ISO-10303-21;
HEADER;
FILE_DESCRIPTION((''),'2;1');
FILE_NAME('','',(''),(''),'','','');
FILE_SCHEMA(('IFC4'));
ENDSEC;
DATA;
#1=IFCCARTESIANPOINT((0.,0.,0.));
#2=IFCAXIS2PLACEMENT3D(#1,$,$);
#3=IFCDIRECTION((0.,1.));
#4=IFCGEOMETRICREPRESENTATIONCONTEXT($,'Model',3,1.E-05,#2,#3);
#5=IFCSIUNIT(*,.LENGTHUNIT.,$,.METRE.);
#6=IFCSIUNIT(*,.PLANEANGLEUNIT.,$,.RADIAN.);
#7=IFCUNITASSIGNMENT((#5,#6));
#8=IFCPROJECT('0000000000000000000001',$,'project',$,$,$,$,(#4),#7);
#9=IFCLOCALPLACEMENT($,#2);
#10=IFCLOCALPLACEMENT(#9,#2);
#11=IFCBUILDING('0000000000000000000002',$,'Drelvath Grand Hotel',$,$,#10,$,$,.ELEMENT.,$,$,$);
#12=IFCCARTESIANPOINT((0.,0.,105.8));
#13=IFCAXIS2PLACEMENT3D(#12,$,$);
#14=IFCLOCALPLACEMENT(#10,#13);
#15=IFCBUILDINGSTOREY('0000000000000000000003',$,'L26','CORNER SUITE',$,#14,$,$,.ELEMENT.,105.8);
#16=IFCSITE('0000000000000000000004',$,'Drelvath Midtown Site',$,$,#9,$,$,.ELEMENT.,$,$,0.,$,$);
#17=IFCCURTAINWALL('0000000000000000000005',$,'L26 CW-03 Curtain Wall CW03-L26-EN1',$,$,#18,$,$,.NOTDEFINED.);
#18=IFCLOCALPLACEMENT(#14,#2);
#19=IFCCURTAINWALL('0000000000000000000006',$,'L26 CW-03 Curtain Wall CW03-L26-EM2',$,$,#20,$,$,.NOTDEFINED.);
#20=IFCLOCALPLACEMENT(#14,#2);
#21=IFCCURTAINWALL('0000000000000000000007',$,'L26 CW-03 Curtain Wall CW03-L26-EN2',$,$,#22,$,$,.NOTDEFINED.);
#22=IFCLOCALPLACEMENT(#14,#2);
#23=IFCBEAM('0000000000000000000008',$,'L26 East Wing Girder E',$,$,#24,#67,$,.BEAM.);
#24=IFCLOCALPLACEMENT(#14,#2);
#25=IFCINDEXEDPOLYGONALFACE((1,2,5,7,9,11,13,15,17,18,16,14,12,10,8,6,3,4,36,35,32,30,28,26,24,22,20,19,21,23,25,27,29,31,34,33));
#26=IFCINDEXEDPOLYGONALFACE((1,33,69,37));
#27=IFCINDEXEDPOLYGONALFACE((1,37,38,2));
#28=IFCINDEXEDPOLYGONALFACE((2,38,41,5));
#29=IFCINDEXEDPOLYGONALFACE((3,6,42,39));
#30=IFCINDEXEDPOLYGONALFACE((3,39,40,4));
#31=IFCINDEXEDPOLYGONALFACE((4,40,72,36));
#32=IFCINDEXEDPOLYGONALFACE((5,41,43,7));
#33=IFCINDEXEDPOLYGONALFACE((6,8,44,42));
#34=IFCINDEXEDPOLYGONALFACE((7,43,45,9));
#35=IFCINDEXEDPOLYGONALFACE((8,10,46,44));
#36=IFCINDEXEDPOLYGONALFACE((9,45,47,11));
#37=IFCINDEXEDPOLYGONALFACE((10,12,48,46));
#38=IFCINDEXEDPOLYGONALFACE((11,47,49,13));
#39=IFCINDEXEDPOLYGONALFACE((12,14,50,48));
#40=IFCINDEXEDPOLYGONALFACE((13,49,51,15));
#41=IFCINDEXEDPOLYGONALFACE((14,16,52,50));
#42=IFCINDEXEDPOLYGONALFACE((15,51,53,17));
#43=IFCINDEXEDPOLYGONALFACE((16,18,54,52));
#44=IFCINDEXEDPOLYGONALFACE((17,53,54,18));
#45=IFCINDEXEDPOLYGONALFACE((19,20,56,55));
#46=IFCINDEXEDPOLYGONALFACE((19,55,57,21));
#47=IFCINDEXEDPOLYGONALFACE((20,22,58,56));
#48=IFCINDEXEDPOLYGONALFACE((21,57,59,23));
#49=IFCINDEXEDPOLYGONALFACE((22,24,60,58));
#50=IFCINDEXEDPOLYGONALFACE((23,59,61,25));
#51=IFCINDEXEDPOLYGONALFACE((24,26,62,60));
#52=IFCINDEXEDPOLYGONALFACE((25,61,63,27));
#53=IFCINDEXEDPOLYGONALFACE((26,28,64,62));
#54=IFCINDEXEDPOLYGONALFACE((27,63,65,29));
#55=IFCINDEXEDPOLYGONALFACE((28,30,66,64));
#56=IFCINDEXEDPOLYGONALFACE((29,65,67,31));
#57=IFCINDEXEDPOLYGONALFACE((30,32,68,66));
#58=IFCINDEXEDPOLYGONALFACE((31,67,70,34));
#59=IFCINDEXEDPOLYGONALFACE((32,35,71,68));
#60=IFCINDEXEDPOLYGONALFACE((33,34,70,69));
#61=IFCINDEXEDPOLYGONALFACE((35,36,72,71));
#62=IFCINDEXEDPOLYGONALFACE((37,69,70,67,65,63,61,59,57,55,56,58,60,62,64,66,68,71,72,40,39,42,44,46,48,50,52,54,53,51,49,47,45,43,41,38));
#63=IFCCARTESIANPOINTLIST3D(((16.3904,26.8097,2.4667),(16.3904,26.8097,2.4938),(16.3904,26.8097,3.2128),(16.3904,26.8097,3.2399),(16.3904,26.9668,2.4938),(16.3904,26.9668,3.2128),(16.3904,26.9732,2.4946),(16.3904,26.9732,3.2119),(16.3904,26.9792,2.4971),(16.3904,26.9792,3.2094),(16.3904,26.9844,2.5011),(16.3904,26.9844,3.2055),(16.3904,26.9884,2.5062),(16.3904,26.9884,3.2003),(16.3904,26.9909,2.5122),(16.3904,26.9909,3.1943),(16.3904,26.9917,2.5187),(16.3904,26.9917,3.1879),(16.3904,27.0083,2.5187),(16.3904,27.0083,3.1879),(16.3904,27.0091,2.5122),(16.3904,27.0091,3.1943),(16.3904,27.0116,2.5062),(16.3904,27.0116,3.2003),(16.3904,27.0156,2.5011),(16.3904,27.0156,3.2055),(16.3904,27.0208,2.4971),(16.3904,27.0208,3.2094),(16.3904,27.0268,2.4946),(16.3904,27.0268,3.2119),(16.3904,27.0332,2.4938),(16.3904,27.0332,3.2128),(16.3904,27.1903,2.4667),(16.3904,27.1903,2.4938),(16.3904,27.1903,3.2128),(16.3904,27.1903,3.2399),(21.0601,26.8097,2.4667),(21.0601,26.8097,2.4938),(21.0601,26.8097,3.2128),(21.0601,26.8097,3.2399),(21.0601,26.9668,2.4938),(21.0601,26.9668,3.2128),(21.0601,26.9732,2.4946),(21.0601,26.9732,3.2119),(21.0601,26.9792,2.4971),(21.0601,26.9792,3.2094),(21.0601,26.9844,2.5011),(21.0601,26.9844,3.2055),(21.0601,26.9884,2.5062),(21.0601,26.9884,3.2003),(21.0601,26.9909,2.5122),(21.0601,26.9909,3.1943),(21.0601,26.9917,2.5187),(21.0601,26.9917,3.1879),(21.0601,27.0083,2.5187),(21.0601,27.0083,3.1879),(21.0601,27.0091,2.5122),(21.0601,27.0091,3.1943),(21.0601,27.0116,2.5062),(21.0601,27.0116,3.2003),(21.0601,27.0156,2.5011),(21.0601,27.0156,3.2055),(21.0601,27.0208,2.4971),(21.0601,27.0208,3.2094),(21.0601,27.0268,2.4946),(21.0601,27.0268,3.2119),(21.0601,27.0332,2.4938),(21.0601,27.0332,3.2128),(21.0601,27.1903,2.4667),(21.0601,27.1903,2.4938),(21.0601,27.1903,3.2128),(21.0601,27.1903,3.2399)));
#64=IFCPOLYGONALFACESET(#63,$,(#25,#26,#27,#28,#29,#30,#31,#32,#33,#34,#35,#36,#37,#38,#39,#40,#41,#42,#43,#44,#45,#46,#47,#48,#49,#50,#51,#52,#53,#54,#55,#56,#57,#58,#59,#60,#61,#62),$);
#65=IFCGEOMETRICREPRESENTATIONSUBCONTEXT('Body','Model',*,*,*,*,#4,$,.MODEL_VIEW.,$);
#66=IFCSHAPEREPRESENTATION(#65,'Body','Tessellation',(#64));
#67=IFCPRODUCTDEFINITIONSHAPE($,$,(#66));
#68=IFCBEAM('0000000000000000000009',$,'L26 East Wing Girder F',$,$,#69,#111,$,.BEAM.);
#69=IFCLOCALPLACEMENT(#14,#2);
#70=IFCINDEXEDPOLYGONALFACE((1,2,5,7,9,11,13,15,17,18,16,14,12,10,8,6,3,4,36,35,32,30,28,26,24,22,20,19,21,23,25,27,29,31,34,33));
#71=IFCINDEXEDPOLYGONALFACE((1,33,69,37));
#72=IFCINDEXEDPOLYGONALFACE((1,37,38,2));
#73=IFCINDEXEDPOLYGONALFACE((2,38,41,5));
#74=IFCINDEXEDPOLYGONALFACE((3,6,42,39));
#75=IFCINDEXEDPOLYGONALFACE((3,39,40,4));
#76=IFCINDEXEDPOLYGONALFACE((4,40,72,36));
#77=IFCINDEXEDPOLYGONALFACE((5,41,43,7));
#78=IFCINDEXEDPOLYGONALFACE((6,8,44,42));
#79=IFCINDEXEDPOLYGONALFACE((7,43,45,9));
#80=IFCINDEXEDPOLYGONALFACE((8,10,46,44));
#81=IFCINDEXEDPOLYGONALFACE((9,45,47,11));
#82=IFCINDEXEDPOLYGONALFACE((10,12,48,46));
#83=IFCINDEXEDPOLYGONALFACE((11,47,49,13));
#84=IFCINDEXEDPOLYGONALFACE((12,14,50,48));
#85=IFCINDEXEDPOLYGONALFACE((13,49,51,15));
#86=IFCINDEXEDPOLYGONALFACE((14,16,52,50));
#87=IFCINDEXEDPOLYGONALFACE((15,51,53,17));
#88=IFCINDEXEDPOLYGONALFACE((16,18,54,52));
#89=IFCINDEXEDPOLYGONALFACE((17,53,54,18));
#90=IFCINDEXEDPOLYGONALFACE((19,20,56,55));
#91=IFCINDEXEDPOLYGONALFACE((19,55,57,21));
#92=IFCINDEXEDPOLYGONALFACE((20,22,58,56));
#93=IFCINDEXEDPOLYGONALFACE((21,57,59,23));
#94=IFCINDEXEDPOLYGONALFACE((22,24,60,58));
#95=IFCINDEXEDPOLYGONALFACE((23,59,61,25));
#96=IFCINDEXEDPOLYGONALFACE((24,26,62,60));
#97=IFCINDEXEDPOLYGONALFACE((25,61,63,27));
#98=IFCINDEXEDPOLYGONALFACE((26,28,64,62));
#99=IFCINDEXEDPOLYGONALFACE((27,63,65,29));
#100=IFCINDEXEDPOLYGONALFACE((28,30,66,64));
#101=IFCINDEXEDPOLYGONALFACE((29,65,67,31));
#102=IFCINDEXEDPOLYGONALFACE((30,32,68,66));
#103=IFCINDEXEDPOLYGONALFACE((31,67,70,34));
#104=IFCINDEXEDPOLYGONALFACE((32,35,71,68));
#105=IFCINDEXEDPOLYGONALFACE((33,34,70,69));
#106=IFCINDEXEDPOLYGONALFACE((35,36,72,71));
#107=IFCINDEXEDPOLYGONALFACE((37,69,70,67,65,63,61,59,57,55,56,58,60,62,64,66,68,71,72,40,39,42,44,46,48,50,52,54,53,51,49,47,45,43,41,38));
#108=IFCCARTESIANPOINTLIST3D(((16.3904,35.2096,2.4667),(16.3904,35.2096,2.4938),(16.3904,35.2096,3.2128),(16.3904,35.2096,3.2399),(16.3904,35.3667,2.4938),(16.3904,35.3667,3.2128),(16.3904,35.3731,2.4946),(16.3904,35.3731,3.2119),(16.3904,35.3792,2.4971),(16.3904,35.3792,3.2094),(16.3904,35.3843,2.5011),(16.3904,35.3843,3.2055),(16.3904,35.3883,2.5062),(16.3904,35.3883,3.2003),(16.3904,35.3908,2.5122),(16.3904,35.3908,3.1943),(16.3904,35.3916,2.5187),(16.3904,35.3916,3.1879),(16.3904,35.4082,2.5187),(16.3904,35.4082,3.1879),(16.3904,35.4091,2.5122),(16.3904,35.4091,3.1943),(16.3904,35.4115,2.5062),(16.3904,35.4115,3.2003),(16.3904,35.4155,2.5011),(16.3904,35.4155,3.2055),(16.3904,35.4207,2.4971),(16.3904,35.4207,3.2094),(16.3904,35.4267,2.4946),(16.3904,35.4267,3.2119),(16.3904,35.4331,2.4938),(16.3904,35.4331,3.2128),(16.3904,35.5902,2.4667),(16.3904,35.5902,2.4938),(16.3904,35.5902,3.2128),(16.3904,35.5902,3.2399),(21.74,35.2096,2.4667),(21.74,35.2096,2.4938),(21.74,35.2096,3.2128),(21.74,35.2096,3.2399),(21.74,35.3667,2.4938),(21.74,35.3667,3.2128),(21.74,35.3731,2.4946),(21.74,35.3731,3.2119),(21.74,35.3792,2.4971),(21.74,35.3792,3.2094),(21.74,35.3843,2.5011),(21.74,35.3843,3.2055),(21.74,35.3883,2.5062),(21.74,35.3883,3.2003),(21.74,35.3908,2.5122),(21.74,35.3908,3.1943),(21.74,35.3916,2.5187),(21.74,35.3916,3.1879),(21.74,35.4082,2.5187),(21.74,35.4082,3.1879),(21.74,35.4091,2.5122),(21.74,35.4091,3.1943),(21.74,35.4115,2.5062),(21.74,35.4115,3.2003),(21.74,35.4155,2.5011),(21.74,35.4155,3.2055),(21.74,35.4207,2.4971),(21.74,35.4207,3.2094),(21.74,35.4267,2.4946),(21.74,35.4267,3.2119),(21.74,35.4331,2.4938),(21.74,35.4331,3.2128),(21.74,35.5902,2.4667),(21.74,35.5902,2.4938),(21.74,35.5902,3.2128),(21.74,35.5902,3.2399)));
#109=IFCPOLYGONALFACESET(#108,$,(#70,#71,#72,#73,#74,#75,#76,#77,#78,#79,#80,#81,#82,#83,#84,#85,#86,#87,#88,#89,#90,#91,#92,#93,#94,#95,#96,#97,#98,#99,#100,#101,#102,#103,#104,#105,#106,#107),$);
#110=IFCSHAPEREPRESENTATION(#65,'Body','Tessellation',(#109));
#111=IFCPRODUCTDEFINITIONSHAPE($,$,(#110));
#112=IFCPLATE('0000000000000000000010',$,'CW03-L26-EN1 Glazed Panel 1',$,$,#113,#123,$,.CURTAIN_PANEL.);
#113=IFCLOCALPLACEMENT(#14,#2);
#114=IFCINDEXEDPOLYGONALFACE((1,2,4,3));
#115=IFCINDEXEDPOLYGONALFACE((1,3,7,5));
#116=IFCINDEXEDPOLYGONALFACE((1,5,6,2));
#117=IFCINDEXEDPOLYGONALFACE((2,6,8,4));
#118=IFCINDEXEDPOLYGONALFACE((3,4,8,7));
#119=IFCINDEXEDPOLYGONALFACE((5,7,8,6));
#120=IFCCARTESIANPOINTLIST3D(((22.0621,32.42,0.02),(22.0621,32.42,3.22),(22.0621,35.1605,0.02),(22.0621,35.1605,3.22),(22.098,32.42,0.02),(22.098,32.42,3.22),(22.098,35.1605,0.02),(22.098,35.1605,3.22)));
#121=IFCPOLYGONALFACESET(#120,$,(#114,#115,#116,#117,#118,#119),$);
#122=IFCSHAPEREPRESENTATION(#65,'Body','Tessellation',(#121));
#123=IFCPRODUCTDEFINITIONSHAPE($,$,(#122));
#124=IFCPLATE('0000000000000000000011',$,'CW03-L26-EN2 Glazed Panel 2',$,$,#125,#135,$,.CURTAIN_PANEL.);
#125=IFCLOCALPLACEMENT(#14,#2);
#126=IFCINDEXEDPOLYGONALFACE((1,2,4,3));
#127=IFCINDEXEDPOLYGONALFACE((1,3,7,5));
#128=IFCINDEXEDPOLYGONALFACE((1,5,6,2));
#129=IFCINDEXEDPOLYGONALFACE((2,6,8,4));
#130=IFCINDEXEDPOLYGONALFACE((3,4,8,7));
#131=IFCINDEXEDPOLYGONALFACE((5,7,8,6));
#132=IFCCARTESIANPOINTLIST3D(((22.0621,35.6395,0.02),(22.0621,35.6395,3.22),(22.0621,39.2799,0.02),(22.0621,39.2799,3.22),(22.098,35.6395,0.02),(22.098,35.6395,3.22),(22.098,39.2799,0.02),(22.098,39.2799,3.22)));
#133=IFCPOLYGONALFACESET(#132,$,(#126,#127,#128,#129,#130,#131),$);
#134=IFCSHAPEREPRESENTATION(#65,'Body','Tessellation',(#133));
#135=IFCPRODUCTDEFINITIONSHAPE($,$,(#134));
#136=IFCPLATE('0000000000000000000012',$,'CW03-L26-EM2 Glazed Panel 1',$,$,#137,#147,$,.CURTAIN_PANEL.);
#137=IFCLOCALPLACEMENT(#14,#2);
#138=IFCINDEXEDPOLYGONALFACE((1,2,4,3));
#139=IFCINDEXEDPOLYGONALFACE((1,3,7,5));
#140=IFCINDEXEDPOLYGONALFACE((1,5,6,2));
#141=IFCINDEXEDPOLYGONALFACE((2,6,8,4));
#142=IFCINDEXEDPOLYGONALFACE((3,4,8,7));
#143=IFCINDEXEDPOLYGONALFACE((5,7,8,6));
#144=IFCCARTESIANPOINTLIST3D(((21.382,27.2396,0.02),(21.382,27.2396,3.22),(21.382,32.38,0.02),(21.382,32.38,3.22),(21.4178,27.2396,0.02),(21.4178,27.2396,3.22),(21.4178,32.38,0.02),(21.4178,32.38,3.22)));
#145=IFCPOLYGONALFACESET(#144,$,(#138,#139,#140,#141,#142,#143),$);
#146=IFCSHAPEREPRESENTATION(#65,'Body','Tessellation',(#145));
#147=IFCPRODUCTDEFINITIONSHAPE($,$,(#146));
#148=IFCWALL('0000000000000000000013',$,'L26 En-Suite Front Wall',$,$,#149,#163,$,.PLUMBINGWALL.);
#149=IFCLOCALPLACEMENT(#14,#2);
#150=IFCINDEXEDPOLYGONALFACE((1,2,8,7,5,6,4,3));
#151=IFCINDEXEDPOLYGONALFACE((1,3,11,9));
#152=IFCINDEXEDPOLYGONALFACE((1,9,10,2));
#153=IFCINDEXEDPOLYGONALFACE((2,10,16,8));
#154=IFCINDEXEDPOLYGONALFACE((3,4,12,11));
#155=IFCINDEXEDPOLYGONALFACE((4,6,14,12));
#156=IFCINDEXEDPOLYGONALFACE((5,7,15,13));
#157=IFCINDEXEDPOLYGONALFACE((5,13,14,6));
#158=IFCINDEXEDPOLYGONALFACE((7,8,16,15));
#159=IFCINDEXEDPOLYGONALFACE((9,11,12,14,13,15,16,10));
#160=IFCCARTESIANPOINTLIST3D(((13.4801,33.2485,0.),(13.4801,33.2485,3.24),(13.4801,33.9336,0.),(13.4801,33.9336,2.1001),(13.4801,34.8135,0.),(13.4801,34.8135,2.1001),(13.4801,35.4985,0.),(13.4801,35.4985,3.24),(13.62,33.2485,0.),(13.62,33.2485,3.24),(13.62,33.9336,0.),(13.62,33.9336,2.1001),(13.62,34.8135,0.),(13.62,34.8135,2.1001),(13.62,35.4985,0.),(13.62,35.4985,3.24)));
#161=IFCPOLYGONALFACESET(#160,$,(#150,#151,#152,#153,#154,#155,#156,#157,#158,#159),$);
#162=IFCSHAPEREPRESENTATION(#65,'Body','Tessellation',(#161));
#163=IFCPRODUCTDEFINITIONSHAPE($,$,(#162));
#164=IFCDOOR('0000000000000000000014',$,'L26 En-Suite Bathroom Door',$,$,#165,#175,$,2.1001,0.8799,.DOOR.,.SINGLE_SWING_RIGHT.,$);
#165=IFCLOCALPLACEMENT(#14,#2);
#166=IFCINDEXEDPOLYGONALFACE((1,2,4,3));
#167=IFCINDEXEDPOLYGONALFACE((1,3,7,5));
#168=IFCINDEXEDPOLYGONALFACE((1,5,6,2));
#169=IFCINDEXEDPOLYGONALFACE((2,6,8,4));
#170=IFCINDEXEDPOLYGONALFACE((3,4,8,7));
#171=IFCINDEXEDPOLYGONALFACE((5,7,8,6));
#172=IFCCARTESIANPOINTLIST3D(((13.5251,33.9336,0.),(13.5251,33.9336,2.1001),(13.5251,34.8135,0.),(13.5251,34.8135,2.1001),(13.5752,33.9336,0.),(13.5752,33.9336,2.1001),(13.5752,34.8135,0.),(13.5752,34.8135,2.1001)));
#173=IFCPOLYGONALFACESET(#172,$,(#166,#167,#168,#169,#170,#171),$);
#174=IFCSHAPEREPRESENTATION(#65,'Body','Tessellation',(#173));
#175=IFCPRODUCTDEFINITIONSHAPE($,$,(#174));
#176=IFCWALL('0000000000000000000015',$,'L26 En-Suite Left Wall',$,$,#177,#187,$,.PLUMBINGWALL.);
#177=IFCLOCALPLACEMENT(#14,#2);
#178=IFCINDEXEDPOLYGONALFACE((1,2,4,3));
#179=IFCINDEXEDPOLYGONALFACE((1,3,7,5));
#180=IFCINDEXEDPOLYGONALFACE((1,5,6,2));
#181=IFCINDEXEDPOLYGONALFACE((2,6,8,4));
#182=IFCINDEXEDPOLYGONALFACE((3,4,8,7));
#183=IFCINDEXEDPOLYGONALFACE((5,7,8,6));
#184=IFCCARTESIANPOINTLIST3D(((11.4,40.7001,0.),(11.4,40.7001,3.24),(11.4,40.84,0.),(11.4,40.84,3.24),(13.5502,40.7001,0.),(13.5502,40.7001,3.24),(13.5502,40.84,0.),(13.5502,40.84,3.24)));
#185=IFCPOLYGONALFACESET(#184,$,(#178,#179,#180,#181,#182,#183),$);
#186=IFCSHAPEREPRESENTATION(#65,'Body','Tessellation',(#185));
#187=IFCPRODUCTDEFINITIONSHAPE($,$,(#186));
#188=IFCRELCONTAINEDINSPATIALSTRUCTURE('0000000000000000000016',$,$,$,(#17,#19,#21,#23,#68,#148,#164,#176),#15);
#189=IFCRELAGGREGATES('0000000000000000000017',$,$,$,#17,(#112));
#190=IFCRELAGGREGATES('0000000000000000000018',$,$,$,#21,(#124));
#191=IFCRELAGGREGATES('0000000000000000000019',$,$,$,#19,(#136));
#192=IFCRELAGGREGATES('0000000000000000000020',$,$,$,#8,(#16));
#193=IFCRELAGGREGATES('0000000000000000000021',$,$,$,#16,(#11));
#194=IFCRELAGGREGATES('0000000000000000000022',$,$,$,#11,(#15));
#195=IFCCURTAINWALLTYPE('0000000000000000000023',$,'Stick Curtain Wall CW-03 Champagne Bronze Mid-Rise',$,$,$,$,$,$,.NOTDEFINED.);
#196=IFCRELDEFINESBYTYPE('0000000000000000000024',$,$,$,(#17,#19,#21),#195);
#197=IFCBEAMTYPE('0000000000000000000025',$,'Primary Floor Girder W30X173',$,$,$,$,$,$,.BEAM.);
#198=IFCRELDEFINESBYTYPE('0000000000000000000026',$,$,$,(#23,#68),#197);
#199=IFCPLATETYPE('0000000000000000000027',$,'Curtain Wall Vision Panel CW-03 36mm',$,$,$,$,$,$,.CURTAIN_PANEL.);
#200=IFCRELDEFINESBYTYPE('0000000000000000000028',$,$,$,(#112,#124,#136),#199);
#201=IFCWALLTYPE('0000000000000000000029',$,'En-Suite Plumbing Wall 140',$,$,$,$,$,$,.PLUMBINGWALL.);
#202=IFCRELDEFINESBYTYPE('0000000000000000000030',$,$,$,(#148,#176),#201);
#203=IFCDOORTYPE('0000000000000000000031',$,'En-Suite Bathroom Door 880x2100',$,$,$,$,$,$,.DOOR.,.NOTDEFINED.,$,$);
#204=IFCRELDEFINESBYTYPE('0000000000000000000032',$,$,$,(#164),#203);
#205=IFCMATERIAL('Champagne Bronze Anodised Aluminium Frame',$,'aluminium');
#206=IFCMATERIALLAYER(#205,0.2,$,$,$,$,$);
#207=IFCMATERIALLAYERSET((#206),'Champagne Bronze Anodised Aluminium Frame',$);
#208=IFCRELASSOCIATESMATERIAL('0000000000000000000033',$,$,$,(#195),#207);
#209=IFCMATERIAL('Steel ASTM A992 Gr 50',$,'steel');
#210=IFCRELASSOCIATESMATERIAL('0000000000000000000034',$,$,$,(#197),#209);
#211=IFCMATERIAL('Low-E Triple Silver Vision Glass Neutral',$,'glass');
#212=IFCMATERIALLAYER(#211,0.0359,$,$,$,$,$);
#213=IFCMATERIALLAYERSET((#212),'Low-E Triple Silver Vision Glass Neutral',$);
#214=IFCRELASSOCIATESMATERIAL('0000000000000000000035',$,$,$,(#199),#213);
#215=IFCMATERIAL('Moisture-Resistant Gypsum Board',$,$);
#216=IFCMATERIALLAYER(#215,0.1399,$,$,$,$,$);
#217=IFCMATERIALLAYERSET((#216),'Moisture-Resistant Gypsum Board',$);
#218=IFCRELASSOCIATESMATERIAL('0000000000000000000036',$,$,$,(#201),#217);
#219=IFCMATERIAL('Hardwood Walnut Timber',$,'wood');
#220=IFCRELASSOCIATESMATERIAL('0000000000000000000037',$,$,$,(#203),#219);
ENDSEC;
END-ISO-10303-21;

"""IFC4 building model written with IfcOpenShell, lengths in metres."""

from ifc_helpers import new_model, si_unit, direction, frame, frame_2d, origin, origin_2d, place, context, subcontext, project, spatial, rectangle, i_section, extrude, material, layer, layer_set, material_profile, profile_set, type_object, element, fill, aggregate, save


model = new_model("IFC4")

# Units and contexts
model_context = context("Model", 3, precision=1e-05, world=origin(), true_north=direction((0.0, 1.0)))
body_context = subcontext(model_context, "Body", "Model", "MODEL_VIEW")
ifc_project = project(units=[si_unit("LENGTHUNIT", "METRE"), si_unit("PLANEANGLEUNIT", "RADIAN")], contexts=[model_context])

# Site, building, storey
site_placement = place(None, origin())
site = spatial("IfcSite", under=ifc_project, at=site_placement, Name="Drelvath Midtown Site", CompositionType="ELEMENT", RefElevation=0.0)
building_placement = place(site_placement, origin())
building = spatial("IfcBuilding", under=site, at=building_placement, Name="Drelvath Grand Hotel", CompositionType="ELEMENT")
storey_placement = place(building_placement, frame((0.0, 0.0, 105.8)))
storey = spatial("IfcBuildingStorey", under=building, at=storey_placement, Name="L26", Description="CORNER SUITE", CompositionType="ELEMENT", Elevation=105.8)

# Curtain walls
ifc_material_1 = material(Name="Champagne Bronze Anodised Aluminium Frame", Category="aluminium")
ifc_layer_1 = layer(ifc_material_1, 0.2)
ifc_layer_set_1 = layer_set([ifc_layer_1], Name="Champagne Bronze Anodised Aluminium Frame")
curtain_wall_type = type_object("IfcCurtainWallType", Name="Stick Curtain Wall CW-03 Champagne Bronze Mid-Rise", PredefinedType="NOTDEFINED", material=ifc_layer_set_1)
curtain_wall_1_placement = place(storey_placement, origin())
curtain_wall_1 = element("IfcCurtainWall", 1, at=curtain_wall_1_placement, inside=storey, type_object=curtain_wall_type, Name="L26 CW-03 Curtain Wall CW03-L26-EN1", PredefinedType="NOTDEFINED")
curtain_wall_2_placement = place(storey_placement, origin())
curtain_wall_2 = element("IfcCurtainWall", 2, at=curtain_wall_2_placement, inside=storey, type_object=curtain_wall_type, Name="L26 CW-03 Curtain Wall CW03-L26-EM2", PredefinedType="NOTDEFINED")

# Curtain wall
curtain_wall_3_placement = place(storey_placement, origin())
curtain_wall_3 = element("IfcCurtainWall", 3, at=curtain_wall_3_placement, inside=storey, type_object=curtain_wall_type, Name="L26 CW-03 Curtain Wall CW03-L26-EN2", PredefinedType="NOTDEFINED")

# Beams
ifc_material_2 = material(Name="Steel ASTM A992 Gr 50", Category="steel")
ifc_material_profile_1 = material_profile(ifc_material_2, i_section(OverallWidth=0.3806, OverallDepth=0.7732, WebThickness=0.0166, FlangeThickness=0.0271, FilletRadius=0.0249, at=origin_2d()), Name="W30X173")
ifc_profile_set_1 = profile_set([ifc_material_profile_1], Name="Steel ASTM A992 Gr 50")
beam_type_1 = type_object("IfcBeamType", Name="Primary Floor Girder W30X173", PredefinedType="BEAM", material=ifc_profile_set_1)
beam_1_placement = place(storey_placement, frame((16.3904, 27.0, 2.8533), z_axis=(1.0, 0.0, 0.0), x_axis=(0.0, 1.0, 0.0)))
element("IfcBeam", 4, at=beam_1_placement, inside=storey, type_object=beam_type_1, Name="L26 East Wing Girder E", PredefinedType="BEAM", context=body_context, shape_type="SweptSolid", body=[
    extrude(i_section(OverallWidth=0.3806, OverallDepth=0.7732, WebThickness=0.0166, FlangeThickness=0.0271, FilletRadius=0.0249, at=origin_2d()), origin(), (0.0, 0.0, 1.0), 4.6697),
])
beam_2_placement = place(storey_placement, frame((16.3904, 35.3999, 2.8533), z_axis=(1.0, 0.0, 0.0), x_axis=(0.0, 1.0, 0.0)))
element("IfcBeam", 5, at=beam_2_placement, inside=storey, type_object=beam_type_1, Name="L26 East Wing Girder F", PredefinedType="BEAM", context=body_context, shape_type="SweptSolid", body=[
    extrude(i_section(OverallWidth=0.3806, OverallDepth=0.7732, WebThickness=0.0166, FlangeThickness=0.0271, FilletRadius=0.0249, at=origin_2d()), origin(), (0.0, 0.0, 1.0), 5.3496),
])

# Plates
ifc_material_3 = material(Name="Low-E Triple Silver Vision Glass Neutral", Category="glass")
ifc_layer_2 = layer(ifc_material_3, 0.0359)
ifc_layer_set_2 = layer_set([ifc_layer_2], Name="Low-E Triple Silver Vision Glass Neutral")
plate_type = type_object("IfcPlateType", Name="Curtain Wall Vision Panel CW-03 36mm", PredefinedType="CURTAIN_PANEL", material=ifc_layer_set_2)
plate_1_placement = place(storey_placement, frame((22.0801, 33.7903, 0.02), z_axis=(0.0, 0.0, 1.0), x_axis=(0.0, -1.0, 0.0)))
plate_1 = element("IfcPlate", 6, at=plate_1_placement, type_object=plate_type, Name="CW03-L26-EN1 Glazed Panel 1", PredefinedType="CURTAIN_PANEL", context=body_context, shape_type="SweptSolid", body=[
    extrude(rectangle(XDim=2.7405, YDim=0.0359, at=origin_2d()), origin(), (0.0, 0.0, 1.0), 3.2),
])
aggregate(curtain_wall_1, [plate_1])
plate_2_placement = place(storey_placement, frame((22.0801, 37.4597, 0.02), z_axis=(0.0, 0.0, 1.0), x_axis=(0.0, -1.0, 0.0)))
plate_2 = element("IfcPlate", 7, at=plate_2_placement, type_object=plate_type, Name="CW03-L26-EN2 Glazed Panel 2", PredefinedType="CURTAIN_PANEL", context=body_context, shape_type="SweptSolid", body=[
    extrude(rectangle(XDim=3.6404, YDim=0.0359, at=origin_2d()), origin(), (0.0, 0.0, 1.0), 3.2),
])
aggregate(curtain_wall_3, [plate_2])
plate_3_placement = place(storey_placement, frame((21.3999, 29.8098, 0.02), z_axis=(0.0, 0.0, 1.0), x_axis=(0.0, -1.0, 0.0)))
plate_3 = element("IfcPlate", 8, at=plate_3_placement, type_object=plate_type, Name="CW03-L26-EM2 Glazed Panel 1", PredefinedType="CURTAIN_PANEL", context=body_context, shape_type="SweptSolid", body=[
    extrude(rectangle(XDim=5.1404, YDim=0.0359, at=origin_2d()), origin(), (0.0, 0.0, 1.0), 3.2),
])
aggregate(curtain_wall_2, [plate_3])

# Wall, opening, door
ifc_material_4 = material(Name="Moisture-Resistant Gypsum Board")
ifc_layer_3 = layer(ifc_material_4, 0.1399)
ifc_layer_set_3 = layer_set([ifc_layer_3], Name="Moisture-Resistant Gypsum Board")
wall_type_1 = type_object("IfcWallType", Name="En-Suite Plumbing Wall 140", PredefinedType="PLUMBINGWALL", material=ifc_layer_set_3)
wall_1_placement = place(storey_placement, frame((13.55, 33.2485, 0.0), z_axis=(0.0, 0.0, 1.0), x_axis=(0.0, 1.0, 0.0)))
wall_1 = element("IfcWall", 9, at=wall_1_placement, inside=storey, type_object=wall_type_1, Name="L26 En-Suite Front Wall", PredefinedType="PLUMBINGWALL", context=body_context, shape_type="SweptSolid", body=[
    extrude(rectangle(XDim=2.25, YDim=0.1399, at=frame_2d((1.125, 0.0))), origin(), (0.0, 0.0, 1.0), 3.24),
])
opening_1_placement = place(wall_1_placement, frame((0.6851, 0.0, 0.0)))
opening_1 = element("IfcOpeningElement", 10, at=opening_1_placement, cuts=wall_1, PredefinedType="OPENING", context=body_context, shape_type="SweptSolid", body=[
    extrude(rectangle(XDim=0.8799, YDim=2.1001, at=frame_2d((0.4399, 1.05))), frame((0.0, 0.0798, 0.0), z_axis=(0.0, -1.0, 0.0), x_axis=(1.0, 0.0, 0.0)), (0.0, 0.0, 1.0), 0.1599),
])
ifc_material_5 = material(Name="Hardwood Walnut Timber", Category="wood")
door_type = type_object("IfcDoorType", Name="En-Suite Bathroom Door 880x2100", OperationType="NOTDEFINED", PredefinedType="DOOR", material=ifc_material_5)
door_1_placement = place(opening_1_placement, origin())
door_1 = element("IfcDoor", 11, at=door_1_placement, inside=storey, type_object=door_type, Name="L26 En-Suite Bathroom Door", OperationType="SINGLE_SWING_RIGHT", OverallHeight=2.1001, OverallWidth=0.8799, PredefinedType="DOOR", context=body_context, shape_type="SweptSolid", body=[
    extrude(rectangle(XDim=0.8799, YDim=2.1001, at=frame_2d((0.4399, 1.05))), frame((0.0, 0.0249, 0.0), z_axis=(0.0, -1.0, 0.0), x_axis=(1.0, 0.0, 0.0)), (0.0, 0.0, 1.0), 0.05),
])
fill(opening_1, door_1)

# Wall
wall_2_placement = place(storey_placement, frame((11.3999, 40.77, 0.0), z_axis=(0.0, 0.0, 1.0), x_axis=(1.0, 0.0, 0.0)))
element("IfcWall", 12, at=wall_2_placement, inside=storey, type_object=wall_type_1, Name="L26 En-Suite Left Wall", PredefinedType="PLUMBINGWALL", context=body_context, shape_type="SweptSolid", body=[
    extrude(rectangle(XDim=2.1501, YDim=0.1399, at=frame_2d((1.0752, 0.0))), origin(), (0.0, 0.0, 1.0), 3.24),
])

save(model, "model.ifc")
